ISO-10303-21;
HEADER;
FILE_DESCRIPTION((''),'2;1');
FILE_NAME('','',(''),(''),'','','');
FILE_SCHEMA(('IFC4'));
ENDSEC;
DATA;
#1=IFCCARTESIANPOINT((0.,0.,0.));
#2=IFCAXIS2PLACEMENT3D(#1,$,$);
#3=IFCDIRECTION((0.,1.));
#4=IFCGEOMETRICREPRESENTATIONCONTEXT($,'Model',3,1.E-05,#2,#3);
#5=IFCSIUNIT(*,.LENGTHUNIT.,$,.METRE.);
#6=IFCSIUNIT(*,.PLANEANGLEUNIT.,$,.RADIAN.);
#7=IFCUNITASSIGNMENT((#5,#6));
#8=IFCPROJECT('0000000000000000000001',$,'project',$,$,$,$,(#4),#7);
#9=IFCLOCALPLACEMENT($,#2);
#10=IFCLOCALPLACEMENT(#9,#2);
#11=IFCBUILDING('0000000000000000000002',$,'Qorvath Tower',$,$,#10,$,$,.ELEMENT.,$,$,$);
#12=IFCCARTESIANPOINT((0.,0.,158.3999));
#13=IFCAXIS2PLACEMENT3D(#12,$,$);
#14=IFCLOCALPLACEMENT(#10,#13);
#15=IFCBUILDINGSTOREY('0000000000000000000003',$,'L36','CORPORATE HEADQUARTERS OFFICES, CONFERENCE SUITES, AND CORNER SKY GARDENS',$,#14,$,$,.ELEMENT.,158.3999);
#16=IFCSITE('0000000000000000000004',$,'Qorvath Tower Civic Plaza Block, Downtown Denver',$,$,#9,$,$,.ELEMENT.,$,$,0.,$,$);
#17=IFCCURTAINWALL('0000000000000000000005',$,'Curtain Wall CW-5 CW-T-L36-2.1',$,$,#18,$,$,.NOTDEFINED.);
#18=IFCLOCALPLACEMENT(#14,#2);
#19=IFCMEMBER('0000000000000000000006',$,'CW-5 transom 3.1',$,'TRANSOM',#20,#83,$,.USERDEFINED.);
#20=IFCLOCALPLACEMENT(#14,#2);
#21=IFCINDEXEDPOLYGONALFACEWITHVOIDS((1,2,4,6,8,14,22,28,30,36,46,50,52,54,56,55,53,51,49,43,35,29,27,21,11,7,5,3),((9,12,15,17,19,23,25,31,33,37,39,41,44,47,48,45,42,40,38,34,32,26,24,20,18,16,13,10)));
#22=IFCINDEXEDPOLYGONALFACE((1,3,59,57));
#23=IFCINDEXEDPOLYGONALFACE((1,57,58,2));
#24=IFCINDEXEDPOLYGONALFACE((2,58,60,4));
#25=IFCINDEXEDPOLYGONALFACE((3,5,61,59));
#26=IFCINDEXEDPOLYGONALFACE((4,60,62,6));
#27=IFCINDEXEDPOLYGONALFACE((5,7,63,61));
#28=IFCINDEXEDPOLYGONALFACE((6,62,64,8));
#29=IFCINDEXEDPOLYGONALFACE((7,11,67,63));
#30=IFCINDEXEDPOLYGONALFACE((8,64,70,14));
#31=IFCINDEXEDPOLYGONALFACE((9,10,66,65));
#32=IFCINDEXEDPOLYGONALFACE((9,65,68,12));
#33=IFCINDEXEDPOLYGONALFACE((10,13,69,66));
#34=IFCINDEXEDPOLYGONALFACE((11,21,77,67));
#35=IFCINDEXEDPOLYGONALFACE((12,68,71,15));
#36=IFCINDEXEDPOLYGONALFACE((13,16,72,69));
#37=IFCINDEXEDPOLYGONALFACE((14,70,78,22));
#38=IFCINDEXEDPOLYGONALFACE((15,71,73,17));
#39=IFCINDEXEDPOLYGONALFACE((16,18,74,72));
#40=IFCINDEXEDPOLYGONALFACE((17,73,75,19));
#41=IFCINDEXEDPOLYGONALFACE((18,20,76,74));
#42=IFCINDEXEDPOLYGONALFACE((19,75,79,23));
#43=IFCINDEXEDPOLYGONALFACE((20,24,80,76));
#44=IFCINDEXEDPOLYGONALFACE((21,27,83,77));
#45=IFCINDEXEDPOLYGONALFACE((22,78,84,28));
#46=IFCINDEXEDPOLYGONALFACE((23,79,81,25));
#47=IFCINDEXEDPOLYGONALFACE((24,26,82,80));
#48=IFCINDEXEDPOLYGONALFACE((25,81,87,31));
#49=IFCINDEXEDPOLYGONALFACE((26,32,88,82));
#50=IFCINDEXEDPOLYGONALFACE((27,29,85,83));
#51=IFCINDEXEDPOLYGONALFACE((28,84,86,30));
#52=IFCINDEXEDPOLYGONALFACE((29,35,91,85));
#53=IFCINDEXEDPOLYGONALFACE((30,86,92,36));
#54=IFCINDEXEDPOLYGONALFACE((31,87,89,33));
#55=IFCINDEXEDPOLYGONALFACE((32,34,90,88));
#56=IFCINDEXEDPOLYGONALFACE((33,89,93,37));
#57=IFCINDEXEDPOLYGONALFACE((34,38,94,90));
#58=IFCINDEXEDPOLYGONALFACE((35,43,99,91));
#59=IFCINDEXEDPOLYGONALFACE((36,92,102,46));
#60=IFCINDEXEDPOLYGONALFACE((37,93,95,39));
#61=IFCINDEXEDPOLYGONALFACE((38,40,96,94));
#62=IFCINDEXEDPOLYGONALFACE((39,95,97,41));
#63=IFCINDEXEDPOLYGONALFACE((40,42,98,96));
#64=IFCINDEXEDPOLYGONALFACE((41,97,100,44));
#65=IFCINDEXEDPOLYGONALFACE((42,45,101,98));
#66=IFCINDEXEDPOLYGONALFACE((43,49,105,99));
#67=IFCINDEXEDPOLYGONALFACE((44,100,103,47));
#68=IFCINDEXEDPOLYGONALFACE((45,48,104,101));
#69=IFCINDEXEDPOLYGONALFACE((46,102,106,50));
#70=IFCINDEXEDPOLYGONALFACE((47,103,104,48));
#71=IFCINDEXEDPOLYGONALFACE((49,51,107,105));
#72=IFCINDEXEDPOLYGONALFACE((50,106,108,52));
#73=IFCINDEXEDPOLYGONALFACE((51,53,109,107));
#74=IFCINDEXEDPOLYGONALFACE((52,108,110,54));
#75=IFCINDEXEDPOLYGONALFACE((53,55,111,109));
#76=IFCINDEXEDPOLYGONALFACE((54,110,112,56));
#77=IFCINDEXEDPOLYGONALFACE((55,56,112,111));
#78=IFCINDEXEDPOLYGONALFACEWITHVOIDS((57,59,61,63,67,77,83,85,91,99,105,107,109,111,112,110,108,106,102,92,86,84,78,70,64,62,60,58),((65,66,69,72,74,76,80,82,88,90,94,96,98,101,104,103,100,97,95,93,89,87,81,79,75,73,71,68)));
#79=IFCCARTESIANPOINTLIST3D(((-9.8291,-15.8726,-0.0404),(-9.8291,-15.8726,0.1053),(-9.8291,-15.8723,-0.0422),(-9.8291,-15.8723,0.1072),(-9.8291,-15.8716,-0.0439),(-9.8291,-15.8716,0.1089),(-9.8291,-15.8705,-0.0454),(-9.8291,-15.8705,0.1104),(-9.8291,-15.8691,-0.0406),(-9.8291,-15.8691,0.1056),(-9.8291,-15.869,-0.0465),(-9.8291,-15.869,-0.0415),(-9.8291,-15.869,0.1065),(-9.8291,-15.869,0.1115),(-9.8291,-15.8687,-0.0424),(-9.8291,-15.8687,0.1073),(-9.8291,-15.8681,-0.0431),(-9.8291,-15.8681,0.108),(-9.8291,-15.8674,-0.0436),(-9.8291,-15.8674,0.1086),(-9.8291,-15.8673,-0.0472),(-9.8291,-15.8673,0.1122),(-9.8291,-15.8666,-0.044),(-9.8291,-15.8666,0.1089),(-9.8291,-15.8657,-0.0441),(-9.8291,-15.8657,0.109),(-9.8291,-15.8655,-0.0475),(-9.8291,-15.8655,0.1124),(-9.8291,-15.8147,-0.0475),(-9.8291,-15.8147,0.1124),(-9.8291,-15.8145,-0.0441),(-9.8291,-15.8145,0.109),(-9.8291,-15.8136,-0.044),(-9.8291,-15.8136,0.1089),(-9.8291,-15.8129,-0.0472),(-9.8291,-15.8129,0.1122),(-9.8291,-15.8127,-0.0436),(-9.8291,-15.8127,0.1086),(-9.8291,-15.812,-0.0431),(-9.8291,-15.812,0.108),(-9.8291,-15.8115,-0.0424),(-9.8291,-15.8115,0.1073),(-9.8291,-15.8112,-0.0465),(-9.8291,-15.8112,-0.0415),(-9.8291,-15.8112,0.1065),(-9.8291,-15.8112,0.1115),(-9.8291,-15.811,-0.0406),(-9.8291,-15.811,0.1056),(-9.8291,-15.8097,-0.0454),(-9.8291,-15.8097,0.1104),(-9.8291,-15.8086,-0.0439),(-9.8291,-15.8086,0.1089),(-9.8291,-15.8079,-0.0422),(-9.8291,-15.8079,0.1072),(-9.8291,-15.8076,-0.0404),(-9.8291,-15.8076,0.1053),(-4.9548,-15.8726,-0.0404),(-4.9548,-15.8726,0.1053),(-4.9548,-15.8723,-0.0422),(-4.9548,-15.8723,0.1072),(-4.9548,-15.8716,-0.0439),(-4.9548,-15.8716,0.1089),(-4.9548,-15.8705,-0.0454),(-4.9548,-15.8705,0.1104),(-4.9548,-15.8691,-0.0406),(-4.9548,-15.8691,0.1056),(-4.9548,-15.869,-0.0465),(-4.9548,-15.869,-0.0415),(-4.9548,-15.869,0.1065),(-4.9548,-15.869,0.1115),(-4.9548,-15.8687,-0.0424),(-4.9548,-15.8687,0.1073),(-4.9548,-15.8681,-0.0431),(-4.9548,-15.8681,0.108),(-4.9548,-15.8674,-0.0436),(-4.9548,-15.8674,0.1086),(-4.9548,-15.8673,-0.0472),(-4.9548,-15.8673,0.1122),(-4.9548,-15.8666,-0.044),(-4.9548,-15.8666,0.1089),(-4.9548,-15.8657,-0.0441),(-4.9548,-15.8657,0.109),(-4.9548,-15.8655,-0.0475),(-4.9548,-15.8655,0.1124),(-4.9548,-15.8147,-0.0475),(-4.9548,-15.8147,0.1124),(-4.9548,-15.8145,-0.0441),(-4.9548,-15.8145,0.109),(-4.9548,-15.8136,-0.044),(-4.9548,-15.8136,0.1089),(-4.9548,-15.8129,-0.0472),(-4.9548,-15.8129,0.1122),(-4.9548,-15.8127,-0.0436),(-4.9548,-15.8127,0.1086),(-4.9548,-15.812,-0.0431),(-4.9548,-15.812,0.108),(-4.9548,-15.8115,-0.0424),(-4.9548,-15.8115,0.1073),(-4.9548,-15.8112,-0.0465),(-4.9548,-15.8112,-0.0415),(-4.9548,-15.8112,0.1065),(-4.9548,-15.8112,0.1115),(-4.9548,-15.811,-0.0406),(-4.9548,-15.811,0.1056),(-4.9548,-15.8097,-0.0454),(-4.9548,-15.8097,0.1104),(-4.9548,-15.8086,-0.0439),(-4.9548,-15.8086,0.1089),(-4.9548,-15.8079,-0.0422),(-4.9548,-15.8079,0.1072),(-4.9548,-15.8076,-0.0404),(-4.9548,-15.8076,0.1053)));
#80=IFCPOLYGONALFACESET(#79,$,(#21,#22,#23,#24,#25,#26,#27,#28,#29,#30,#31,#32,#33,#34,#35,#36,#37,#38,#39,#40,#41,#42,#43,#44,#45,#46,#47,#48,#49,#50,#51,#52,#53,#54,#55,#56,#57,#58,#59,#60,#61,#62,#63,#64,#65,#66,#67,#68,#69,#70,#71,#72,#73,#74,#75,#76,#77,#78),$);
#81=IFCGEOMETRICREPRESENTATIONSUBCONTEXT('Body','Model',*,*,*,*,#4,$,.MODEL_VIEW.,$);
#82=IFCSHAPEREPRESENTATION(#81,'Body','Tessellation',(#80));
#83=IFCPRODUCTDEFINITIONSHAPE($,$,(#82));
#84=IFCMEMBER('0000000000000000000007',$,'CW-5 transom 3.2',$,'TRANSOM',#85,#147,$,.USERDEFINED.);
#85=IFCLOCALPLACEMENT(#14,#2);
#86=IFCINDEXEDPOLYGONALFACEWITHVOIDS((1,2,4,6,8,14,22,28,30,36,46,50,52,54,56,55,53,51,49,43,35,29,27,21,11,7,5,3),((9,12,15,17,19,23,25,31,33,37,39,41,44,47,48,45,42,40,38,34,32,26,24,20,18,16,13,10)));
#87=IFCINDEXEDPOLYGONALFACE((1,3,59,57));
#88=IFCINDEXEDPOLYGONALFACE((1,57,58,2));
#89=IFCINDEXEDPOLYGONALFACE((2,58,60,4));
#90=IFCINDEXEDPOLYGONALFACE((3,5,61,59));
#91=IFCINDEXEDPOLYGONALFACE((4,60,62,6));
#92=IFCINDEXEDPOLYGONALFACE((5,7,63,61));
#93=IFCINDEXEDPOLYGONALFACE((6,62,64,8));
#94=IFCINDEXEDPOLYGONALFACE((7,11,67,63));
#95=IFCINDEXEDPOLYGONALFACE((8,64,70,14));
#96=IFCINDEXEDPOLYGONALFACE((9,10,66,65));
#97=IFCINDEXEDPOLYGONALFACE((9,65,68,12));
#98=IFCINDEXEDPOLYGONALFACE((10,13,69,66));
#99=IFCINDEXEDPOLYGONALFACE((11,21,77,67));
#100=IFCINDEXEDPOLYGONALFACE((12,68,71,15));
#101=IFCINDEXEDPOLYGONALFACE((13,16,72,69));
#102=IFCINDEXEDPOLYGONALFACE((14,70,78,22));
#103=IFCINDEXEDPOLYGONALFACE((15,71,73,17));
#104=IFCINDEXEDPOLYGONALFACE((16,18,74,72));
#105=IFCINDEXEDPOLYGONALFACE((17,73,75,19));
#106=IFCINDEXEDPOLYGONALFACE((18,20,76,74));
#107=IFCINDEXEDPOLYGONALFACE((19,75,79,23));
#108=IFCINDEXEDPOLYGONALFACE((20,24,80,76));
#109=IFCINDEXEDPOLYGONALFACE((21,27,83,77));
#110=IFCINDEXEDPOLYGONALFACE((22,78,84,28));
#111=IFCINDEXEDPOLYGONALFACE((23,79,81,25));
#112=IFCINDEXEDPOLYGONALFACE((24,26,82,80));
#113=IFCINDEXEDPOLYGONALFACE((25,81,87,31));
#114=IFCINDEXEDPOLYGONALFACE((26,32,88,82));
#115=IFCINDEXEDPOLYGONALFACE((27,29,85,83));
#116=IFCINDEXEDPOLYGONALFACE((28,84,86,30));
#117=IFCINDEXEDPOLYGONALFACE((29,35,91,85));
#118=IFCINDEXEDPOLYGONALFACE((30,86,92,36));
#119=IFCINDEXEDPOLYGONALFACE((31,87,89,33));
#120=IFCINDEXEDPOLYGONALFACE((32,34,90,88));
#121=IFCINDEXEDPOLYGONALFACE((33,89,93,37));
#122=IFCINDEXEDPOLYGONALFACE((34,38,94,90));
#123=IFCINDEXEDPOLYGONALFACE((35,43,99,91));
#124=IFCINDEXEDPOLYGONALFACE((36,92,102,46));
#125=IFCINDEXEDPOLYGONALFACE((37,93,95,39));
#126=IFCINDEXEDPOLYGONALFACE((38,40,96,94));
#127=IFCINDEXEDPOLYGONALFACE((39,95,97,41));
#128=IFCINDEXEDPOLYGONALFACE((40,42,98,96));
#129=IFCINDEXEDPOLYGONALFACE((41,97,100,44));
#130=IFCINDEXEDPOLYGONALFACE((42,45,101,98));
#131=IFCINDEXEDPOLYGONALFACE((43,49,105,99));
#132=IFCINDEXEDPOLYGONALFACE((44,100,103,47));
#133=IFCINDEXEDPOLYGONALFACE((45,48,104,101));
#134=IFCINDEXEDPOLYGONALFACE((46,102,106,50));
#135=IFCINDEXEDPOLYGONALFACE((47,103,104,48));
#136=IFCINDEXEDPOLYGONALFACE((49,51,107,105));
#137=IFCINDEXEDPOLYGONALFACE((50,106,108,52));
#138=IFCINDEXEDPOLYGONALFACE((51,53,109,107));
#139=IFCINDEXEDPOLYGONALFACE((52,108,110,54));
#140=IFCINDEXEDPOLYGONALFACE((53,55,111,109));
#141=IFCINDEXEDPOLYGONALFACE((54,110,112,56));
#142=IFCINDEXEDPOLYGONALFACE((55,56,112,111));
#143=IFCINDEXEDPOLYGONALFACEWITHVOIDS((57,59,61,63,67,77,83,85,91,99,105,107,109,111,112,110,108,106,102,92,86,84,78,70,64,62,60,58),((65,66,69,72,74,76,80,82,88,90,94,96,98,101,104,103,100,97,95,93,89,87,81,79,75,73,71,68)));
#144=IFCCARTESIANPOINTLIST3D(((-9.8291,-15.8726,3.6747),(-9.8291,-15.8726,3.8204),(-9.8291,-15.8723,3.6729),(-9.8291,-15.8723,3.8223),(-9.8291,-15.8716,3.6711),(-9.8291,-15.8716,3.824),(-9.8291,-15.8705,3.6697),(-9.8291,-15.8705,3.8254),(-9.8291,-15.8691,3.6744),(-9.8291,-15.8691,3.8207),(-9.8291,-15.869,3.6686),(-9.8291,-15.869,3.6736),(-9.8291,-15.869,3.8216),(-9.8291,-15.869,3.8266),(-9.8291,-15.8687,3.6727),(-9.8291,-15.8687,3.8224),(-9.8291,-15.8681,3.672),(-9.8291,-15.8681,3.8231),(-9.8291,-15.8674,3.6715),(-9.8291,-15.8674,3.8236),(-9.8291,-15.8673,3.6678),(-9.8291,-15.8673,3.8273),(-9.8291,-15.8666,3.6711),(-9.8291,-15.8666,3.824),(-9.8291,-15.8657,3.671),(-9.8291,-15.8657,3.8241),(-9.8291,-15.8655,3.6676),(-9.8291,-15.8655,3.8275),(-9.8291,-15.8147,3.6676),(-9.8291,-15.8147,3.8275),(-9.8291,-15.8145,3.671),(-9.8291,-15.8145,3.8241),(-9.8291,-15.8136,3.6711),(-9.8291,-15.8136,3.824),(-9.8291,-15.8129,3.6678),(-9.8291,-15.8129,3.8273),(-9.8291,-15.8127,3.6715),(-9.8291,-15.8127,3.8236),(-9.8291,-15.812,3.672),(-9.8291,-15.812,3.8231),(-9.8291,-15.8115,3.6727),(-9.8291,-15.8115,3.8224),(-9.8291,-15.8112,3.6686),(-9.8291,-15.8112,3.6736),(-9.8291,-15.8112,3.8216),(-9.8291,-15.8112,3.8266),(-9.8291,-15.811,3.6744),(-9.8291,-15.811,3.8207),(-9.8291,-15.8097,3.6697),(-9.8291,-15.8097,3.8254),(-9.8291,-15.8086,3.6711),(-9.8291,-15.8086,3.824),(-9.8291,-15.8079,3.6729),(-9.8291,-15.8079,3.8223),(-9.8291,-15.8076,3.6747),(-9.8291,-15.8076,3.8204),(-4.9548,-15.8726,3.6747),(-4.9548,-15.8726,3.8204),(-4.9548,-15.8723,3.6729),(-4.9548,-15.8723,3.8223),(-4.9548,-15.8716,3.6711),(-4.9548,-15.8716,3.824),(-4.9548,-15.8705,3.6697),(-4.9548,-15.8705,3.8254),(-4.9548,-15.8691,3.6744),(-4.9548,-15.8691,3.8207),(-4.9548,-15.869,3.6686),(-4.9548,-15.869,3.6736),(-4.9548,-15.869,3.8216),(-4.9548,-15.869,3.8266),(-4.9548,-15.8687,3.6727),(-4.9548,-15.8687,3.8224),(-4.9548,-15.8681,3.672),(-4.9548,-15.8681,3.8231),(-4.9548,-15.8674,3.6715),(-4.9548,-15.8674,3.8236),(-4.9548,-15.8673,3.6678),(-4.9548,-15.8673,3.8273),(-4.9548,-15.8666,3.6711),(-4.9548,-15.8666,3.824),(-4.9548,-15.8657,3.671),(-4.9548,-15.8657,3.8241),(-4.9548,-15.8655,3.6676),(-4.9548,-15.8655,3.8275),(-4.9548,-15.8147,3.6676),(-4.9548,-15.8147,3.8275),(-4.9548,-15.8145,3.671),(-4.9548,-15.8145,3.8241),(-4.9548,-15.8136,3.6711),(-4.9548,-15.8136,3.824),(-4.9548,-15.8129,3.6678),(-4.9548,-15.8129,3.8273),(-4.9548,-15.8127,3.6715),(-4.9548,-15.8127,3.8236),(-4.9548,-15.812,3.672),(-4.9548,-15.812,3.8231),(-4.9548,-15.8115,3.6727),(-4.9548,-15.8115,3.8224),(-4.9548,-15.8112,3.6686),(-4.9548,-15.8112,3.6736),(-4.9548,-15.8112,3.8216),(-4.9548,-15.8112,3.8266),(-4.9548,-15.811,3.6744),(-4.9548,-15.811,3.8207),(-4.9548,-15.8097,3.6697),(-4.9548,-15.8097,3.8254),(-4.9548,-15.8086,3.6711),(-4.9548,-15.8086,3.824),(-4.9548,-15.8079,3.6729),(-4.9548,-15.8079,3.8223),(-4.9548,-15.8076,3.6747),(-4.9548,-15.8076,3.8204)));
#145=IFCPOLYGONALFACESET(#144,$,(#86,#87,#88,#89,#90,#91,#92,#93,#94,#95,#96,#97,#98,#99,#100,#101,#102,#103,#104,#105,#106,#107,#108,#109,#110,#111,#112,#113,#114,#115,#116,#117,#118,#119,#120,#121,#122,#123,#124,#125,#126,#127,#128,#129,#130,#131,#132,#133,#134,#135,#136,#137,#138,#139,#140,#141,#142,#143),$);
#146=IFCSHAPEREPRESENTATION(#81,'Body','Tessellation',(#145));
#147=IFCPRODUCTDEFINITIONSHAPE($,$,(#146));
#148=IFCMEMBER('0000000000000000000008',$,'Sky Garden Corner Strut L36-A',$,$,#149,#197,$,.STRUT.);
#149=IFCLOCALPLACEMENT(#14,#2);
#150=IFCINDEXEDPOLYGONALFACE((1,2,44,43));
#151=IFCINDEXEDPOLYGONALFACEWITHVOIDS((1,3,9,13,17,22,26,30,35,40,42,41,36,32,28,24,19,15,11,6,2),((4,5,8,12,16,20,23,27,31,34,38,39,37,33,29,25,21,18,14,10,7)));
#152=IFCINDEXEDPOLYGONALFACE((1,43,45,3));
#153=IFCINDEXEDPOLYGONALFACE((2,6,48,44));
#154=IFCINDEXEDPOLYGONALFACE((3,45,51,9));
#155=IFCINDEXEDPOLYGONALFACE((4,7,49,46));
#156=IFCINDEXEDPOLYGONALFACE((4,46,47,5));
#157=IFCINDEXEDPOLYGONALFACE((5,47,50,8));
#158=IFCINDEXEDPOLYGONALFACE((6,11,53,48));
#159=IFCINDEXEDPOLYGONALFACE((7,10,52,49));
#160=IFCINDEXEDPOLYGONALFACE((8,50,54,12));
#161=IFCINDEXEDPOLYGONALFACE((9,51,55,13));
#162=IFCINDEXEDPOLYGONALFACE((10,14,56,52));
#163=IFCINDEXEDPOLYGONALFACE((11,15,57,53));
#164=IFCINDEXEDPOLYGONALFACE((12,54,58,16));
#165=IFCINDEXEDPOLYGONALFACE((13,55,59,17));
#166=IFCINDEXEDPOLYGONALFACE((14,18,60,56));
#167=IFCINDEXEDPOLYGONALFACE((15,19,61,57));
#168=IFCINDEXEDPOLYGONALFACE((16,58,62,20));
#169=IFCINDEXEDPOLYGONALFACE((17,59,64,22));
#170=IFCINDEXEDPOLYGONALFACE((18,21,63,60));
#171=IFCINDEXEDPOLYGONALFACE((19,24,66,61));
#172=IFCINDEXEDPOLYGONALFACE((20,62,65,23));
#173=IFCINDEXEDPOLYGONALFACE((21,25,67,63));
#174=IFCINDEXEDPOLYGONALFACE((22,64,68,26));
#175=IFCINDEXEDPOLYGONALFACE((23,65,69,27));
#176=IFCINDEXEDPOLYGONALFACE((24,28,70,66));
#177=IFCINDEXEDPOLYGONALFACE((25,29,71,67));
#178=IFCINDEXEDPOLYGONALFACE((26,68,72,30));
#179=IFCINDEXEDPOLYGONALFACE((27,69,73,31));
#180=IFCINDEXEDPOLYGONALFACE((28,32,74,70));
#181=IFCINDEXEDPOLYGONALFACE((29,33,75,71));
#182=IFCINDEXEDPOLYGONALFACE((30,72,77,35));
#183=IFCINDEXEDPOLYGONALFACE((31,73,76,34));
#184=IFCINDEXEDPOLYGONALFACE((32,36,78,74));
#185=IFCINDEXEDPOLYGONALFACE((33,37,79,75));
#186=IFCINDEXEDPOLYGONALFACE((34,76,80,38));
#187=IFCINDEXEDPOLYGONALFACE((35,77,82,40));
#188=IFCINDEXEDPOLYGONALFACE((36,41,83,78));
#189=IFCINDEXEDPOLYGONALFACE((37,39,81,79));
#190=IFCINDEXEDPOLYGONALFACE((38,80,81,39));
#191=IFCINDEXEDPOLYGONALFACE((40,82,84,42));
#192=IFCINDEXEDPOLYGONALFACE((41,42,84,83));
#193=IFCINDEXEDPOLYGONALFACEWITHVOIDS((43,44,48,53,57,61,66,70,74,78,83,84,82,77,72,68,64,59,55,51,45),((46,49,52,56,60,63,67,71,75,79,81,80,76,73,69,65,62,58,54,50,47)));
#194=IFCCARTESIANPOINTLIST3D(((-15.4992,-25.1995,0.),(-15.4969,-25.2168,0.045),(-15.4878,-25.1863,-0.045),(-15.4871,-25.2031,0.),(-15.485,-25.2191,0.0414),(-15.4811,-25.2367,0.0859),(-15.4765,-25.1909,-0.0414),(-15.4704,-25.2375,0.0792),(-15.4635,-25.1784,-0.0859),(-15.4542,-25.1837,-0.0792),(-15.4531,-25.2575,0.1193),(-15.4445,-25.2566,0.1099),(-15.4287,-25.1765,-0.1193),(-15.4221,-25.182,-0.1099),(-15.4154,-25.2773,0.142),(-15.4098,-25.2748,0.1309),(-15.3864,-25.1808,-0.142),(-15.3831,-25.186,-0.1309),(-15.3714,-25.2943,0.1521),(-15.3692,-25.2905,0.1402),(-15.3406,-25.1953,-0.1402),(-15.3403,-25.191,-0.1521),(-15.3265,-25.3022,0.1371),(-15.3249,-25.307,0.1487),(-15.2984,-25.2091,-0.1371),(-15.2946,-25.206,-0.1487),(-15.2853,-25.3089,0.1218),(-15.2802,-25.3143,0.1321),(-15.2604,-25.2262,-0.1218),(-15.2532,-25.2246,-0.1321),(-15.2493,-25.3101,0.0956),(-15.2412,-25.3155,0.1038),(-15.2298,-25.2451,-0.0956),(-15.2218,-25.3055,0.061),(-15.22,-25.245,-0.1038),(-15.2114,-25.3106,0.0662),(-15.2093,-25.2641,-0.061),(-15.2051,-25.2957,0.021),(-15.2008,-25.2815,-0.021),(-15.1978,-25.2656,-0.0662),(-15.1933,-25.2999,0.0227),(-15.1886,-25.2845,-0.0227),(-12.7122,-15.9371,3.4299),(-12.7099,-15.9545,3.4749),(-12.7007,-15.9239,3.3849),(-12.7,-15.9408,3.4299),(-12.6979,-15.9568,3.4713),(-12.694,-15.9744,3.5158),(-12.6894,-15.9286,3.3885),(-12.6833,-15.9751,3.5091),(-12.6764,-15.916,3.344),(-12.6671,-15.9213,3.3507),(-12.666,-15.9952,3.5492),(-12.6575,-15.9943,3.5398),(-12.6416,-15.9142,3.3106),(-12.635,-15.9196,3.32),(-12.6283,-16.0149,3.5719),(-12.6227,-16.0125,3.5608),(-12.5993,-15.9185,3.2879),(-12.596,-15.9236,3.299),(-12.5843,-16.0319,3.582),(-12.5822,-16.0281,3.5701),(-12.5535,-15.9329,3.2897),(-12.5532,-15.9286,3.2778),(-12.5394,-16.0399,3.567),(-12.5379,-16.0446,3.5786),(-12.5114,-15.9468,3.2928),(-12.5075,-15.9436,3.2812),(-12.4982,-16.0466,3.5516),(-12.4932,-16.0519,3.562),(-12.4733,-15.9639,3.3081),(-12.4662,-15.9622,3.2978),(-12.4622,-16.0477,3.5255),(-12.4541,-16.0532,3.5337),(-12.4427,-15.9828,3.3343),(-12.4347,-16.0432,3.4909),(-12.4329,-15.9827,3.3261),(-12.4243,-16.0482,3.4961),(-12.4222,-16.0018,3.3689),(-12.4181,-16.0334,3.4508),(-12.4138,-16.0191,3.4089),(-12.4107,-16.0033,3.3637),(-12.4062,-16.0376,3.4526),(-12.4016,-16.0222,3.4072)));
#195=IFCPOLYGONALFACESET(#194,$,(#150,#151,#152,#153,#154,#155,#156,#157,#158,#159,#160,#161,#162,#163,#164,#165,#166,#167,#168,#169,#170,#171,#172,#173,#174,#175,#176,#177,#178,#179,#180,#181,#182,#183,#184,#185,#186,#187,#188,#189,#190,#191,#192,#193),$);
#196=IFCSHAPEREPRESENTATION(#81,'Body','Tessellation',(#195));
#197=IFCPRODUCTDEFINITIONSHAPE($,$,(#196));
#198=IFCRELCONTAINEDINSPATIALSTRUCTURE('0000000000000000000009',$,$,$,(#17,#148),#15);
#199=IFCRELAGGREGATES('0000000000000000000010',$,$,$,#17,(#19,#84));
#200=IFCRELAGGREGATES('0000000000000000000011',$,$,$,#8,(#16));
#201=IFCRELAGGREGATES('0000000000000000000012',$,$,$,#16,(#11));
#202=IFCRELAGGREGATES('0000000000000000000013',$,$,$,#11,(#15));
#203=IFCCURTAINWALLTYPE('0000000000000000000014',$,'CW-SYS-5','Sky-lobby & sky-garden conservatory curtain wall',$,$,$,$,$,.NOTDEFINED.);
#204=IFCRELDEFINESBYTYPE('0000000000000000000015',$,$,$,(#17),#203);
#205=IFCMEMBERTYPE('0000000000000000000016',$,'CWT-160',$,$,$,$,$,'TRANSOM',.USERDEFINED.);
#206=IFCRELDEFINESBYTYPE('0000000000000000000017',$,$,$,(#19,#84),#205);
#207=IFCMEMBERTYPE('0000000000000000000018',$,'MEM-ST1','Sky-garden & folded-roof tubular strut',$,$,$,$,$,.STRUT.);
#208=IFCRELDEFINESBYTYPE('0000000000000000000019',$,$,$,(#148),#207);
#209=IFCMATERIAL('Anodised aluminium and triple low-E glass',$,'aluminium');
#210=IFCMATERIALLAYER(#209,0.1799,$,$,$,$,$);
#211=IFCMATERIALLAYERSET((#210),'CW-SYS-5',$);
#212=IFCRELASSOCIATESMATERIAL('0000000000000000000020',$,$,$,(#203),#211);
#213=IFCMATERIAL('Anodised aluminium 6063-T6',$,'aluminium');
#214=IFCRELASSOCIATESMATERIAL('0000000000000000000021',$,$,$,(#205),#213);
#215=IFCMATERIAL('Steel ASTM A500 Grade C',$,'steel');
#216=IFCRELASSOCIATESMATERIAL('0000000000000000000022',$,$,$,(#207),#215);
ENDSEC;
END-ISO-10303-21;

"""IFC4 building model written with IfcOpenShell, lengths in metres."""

from ifc_helpers import new_model, si_unit, direction, frame, origin, origin_2d, place, context, subcontext, project, spatial, hollow_rectangle, hollow_circle, extrude, material, layer, layer_set, material_profile, profile_set, type_object, element, aggregate, save


model = new_model("IFC4")

# Units and contexts
model_context = context("Model", 3, precision=1e-05, world=origin(), true_north=direction((0.0, 1.0)))
body_context = subcontext(model_context, "Body", "Model", "MODEL_VIEW")
ifc_project = project(units=[si_unit("LENGTHUNIT", "METRE"), si_unit("PLANEANGLEUNIT", "RADIAN")], contexts=[model_context])

# Site, building, storey
site_placement = place(None, origin())
site = spatial("IfcSite", under=ifc_project, at=site_placement, Name="Qorvath Tower Civic Plaza Block, Downtown Denver", CompositionType="ELEMENT", RefElevation=0.0)
building_placement = place(site_placement, origin())
building = spatial("IfcBuilding", under=site, at=building_placement, Name="Qorvath Tower", CompositionType="ELEMENT")
storey_placement = place(building_placement, frame((0.0, 0.0, 158.3999)))
storey = spatial("IfcBuildingStorey", under=building, at=storey_placement, Name="L36", Description="CORPORATE HEADQUARTERS OFFICES, CONFERENCE SUITES, AND CORNER SKY GARDENS", CompositionType="ELEMENT", Elevation=158.3999)

# Curtain wall, members
ifc_material_1 = material(Name="Anodised aluminium and triple low-E glass", Category="aluminium")
ifc_layer_1 = layer(ifc_material_1, 0.1799)
ifc_layer_set_1 = layer_set([ifc_layer_1], Name="CW-SYS-5")
curtain_wall_type = type_object("IfcCurtainWallType", Name="CW-SYS-5", Description="Sky-lobby & sky-garden conservatory curtain wall", PredefinedType="NOTDEFINED", material=ifc_layer_set_1)
curtain_wall_placement = place(storey_placement, origin())
curtain_wall = element("IfcCurtainWall", 1, at=curtain_wall_placement, inside=storey, type_object=curtain_wall_type, Name="Curtain Wall CW-5 CW-T-L36-2.1", PredefinedType="NOTDEFINED")
ifc_material_2 = material(Name="Anodised aluminium 6063-T6", Category="aluminium")
ifc_material_profile_1 = material_profile(ifc_material_2, hollow_rectangle(XDim=0.0649, YDim=0.1599, WallThickness=0.0034, InnerFilletRadius=0.0034, OuterFilletRadius=0.0071, at=origin_2d()), Name="CWT 160x65")
ifc_profile_set_1 = profile_set([ifc_material_profile_1], Name="Anodised aluminium 6063-T6")
member_type_1 = type_object("IfcMemberType", Name="CWT-160", ElementType="TRANSOM", PredefinedType="USERDEFINED", material=ifc_profile_set_1)
member_1_placement = place(storey_placement, frame((-9.8291, -15.8401, 0.0325), z_axis=(1.0, 0.0, 0.0), x_axis=(0.0, 1.0, 0.0)))
member_1 = element("IfcMember", 2, at=member_1_placement, type_object=member_type_1, Name="CW-5 transom 3.1", ObjectType="TRANSOM", PredefinedType="USERDEFINED", context=body_context, shape_type="SweptSolid", body=[
    extrude(hollow_rectangle(XDim=0.0649, YDim=0.1599, WallThickness=0.0034, InnerFilletRadius=0.0034, OuterFilletRadius=0.0071, at=origin_2d()), origin(), (0.0, 0.0, 1.0), 4.8743),
])
member_2_placement = place(storey_placement, frame((-9.8291, -15.8401, 3.7476), z_axis=(1.0, 0.0, 0.0), x_axis=(0.0, 1.0, 0.0)))
member_2 = element("IfcMember", 3, at=member_2_placement, type_object=member_type_1, Name="CW-5 transom 3.2", ObjectType="TRANSOM", PredefinedType="USERDEFINED", context=body_context, shape_type="SweptSolid", body=[
    extrude(hollow_rectangle(XDim=0.0649, YDim=0.1599, WallThickness=0.0034, InnerFilletRadius=0.0034, OuterFilletRadius=0.0071, at=origin_2d()), origin(), (0.0, 0.0, 1.0), 4.8743),
])

# Member
ifc_material_3 = material(Name="Steel ASTM A500 Grade C", Category="steel")
ifc_material_profile_2 = material_profile(ifc_material_3, hollow_circle(Radius=0.1619, WallThickness=0.0127, at=origin_2d()), Name="CHS 324x12.7")
ifc_profile_set_2 = profile_set([ifc_material_profile_2], Name="Steel ASTM A500 Grade C")
member_type_2 = type_object("IfcMemberType", Name="MEM-ST1", Description="Sky-garden & folded-roof tubular strut", PredefinedType="STRUT", material=ifc_profile_set_2)
member_3_placement = place(storey_placement, frame((-15.3442, -25.2461, 0.0), z_axis=(0.271574, 0.902525, 0.33421), x_axis=(-0.957588, 0.288142, 0.0)))
element("IfcMember", 4, at=member_3_placement, inside=storey, type_object=member_type_2, Name="Sky Garden Corner Strut L36-A", PredefinedType="STRUT", context=body_context, shape_type="SweptSolid", body=[
    extrude(hollow_circle(Radius=0.1619, WallThickness=0.0127, at=origin_2d()), origin(), (0.0, 0.0, 1.0), 10.2627),
])

aggregate(curtain_wall, [member_1, member_2])

save(model, "model.ifc")
